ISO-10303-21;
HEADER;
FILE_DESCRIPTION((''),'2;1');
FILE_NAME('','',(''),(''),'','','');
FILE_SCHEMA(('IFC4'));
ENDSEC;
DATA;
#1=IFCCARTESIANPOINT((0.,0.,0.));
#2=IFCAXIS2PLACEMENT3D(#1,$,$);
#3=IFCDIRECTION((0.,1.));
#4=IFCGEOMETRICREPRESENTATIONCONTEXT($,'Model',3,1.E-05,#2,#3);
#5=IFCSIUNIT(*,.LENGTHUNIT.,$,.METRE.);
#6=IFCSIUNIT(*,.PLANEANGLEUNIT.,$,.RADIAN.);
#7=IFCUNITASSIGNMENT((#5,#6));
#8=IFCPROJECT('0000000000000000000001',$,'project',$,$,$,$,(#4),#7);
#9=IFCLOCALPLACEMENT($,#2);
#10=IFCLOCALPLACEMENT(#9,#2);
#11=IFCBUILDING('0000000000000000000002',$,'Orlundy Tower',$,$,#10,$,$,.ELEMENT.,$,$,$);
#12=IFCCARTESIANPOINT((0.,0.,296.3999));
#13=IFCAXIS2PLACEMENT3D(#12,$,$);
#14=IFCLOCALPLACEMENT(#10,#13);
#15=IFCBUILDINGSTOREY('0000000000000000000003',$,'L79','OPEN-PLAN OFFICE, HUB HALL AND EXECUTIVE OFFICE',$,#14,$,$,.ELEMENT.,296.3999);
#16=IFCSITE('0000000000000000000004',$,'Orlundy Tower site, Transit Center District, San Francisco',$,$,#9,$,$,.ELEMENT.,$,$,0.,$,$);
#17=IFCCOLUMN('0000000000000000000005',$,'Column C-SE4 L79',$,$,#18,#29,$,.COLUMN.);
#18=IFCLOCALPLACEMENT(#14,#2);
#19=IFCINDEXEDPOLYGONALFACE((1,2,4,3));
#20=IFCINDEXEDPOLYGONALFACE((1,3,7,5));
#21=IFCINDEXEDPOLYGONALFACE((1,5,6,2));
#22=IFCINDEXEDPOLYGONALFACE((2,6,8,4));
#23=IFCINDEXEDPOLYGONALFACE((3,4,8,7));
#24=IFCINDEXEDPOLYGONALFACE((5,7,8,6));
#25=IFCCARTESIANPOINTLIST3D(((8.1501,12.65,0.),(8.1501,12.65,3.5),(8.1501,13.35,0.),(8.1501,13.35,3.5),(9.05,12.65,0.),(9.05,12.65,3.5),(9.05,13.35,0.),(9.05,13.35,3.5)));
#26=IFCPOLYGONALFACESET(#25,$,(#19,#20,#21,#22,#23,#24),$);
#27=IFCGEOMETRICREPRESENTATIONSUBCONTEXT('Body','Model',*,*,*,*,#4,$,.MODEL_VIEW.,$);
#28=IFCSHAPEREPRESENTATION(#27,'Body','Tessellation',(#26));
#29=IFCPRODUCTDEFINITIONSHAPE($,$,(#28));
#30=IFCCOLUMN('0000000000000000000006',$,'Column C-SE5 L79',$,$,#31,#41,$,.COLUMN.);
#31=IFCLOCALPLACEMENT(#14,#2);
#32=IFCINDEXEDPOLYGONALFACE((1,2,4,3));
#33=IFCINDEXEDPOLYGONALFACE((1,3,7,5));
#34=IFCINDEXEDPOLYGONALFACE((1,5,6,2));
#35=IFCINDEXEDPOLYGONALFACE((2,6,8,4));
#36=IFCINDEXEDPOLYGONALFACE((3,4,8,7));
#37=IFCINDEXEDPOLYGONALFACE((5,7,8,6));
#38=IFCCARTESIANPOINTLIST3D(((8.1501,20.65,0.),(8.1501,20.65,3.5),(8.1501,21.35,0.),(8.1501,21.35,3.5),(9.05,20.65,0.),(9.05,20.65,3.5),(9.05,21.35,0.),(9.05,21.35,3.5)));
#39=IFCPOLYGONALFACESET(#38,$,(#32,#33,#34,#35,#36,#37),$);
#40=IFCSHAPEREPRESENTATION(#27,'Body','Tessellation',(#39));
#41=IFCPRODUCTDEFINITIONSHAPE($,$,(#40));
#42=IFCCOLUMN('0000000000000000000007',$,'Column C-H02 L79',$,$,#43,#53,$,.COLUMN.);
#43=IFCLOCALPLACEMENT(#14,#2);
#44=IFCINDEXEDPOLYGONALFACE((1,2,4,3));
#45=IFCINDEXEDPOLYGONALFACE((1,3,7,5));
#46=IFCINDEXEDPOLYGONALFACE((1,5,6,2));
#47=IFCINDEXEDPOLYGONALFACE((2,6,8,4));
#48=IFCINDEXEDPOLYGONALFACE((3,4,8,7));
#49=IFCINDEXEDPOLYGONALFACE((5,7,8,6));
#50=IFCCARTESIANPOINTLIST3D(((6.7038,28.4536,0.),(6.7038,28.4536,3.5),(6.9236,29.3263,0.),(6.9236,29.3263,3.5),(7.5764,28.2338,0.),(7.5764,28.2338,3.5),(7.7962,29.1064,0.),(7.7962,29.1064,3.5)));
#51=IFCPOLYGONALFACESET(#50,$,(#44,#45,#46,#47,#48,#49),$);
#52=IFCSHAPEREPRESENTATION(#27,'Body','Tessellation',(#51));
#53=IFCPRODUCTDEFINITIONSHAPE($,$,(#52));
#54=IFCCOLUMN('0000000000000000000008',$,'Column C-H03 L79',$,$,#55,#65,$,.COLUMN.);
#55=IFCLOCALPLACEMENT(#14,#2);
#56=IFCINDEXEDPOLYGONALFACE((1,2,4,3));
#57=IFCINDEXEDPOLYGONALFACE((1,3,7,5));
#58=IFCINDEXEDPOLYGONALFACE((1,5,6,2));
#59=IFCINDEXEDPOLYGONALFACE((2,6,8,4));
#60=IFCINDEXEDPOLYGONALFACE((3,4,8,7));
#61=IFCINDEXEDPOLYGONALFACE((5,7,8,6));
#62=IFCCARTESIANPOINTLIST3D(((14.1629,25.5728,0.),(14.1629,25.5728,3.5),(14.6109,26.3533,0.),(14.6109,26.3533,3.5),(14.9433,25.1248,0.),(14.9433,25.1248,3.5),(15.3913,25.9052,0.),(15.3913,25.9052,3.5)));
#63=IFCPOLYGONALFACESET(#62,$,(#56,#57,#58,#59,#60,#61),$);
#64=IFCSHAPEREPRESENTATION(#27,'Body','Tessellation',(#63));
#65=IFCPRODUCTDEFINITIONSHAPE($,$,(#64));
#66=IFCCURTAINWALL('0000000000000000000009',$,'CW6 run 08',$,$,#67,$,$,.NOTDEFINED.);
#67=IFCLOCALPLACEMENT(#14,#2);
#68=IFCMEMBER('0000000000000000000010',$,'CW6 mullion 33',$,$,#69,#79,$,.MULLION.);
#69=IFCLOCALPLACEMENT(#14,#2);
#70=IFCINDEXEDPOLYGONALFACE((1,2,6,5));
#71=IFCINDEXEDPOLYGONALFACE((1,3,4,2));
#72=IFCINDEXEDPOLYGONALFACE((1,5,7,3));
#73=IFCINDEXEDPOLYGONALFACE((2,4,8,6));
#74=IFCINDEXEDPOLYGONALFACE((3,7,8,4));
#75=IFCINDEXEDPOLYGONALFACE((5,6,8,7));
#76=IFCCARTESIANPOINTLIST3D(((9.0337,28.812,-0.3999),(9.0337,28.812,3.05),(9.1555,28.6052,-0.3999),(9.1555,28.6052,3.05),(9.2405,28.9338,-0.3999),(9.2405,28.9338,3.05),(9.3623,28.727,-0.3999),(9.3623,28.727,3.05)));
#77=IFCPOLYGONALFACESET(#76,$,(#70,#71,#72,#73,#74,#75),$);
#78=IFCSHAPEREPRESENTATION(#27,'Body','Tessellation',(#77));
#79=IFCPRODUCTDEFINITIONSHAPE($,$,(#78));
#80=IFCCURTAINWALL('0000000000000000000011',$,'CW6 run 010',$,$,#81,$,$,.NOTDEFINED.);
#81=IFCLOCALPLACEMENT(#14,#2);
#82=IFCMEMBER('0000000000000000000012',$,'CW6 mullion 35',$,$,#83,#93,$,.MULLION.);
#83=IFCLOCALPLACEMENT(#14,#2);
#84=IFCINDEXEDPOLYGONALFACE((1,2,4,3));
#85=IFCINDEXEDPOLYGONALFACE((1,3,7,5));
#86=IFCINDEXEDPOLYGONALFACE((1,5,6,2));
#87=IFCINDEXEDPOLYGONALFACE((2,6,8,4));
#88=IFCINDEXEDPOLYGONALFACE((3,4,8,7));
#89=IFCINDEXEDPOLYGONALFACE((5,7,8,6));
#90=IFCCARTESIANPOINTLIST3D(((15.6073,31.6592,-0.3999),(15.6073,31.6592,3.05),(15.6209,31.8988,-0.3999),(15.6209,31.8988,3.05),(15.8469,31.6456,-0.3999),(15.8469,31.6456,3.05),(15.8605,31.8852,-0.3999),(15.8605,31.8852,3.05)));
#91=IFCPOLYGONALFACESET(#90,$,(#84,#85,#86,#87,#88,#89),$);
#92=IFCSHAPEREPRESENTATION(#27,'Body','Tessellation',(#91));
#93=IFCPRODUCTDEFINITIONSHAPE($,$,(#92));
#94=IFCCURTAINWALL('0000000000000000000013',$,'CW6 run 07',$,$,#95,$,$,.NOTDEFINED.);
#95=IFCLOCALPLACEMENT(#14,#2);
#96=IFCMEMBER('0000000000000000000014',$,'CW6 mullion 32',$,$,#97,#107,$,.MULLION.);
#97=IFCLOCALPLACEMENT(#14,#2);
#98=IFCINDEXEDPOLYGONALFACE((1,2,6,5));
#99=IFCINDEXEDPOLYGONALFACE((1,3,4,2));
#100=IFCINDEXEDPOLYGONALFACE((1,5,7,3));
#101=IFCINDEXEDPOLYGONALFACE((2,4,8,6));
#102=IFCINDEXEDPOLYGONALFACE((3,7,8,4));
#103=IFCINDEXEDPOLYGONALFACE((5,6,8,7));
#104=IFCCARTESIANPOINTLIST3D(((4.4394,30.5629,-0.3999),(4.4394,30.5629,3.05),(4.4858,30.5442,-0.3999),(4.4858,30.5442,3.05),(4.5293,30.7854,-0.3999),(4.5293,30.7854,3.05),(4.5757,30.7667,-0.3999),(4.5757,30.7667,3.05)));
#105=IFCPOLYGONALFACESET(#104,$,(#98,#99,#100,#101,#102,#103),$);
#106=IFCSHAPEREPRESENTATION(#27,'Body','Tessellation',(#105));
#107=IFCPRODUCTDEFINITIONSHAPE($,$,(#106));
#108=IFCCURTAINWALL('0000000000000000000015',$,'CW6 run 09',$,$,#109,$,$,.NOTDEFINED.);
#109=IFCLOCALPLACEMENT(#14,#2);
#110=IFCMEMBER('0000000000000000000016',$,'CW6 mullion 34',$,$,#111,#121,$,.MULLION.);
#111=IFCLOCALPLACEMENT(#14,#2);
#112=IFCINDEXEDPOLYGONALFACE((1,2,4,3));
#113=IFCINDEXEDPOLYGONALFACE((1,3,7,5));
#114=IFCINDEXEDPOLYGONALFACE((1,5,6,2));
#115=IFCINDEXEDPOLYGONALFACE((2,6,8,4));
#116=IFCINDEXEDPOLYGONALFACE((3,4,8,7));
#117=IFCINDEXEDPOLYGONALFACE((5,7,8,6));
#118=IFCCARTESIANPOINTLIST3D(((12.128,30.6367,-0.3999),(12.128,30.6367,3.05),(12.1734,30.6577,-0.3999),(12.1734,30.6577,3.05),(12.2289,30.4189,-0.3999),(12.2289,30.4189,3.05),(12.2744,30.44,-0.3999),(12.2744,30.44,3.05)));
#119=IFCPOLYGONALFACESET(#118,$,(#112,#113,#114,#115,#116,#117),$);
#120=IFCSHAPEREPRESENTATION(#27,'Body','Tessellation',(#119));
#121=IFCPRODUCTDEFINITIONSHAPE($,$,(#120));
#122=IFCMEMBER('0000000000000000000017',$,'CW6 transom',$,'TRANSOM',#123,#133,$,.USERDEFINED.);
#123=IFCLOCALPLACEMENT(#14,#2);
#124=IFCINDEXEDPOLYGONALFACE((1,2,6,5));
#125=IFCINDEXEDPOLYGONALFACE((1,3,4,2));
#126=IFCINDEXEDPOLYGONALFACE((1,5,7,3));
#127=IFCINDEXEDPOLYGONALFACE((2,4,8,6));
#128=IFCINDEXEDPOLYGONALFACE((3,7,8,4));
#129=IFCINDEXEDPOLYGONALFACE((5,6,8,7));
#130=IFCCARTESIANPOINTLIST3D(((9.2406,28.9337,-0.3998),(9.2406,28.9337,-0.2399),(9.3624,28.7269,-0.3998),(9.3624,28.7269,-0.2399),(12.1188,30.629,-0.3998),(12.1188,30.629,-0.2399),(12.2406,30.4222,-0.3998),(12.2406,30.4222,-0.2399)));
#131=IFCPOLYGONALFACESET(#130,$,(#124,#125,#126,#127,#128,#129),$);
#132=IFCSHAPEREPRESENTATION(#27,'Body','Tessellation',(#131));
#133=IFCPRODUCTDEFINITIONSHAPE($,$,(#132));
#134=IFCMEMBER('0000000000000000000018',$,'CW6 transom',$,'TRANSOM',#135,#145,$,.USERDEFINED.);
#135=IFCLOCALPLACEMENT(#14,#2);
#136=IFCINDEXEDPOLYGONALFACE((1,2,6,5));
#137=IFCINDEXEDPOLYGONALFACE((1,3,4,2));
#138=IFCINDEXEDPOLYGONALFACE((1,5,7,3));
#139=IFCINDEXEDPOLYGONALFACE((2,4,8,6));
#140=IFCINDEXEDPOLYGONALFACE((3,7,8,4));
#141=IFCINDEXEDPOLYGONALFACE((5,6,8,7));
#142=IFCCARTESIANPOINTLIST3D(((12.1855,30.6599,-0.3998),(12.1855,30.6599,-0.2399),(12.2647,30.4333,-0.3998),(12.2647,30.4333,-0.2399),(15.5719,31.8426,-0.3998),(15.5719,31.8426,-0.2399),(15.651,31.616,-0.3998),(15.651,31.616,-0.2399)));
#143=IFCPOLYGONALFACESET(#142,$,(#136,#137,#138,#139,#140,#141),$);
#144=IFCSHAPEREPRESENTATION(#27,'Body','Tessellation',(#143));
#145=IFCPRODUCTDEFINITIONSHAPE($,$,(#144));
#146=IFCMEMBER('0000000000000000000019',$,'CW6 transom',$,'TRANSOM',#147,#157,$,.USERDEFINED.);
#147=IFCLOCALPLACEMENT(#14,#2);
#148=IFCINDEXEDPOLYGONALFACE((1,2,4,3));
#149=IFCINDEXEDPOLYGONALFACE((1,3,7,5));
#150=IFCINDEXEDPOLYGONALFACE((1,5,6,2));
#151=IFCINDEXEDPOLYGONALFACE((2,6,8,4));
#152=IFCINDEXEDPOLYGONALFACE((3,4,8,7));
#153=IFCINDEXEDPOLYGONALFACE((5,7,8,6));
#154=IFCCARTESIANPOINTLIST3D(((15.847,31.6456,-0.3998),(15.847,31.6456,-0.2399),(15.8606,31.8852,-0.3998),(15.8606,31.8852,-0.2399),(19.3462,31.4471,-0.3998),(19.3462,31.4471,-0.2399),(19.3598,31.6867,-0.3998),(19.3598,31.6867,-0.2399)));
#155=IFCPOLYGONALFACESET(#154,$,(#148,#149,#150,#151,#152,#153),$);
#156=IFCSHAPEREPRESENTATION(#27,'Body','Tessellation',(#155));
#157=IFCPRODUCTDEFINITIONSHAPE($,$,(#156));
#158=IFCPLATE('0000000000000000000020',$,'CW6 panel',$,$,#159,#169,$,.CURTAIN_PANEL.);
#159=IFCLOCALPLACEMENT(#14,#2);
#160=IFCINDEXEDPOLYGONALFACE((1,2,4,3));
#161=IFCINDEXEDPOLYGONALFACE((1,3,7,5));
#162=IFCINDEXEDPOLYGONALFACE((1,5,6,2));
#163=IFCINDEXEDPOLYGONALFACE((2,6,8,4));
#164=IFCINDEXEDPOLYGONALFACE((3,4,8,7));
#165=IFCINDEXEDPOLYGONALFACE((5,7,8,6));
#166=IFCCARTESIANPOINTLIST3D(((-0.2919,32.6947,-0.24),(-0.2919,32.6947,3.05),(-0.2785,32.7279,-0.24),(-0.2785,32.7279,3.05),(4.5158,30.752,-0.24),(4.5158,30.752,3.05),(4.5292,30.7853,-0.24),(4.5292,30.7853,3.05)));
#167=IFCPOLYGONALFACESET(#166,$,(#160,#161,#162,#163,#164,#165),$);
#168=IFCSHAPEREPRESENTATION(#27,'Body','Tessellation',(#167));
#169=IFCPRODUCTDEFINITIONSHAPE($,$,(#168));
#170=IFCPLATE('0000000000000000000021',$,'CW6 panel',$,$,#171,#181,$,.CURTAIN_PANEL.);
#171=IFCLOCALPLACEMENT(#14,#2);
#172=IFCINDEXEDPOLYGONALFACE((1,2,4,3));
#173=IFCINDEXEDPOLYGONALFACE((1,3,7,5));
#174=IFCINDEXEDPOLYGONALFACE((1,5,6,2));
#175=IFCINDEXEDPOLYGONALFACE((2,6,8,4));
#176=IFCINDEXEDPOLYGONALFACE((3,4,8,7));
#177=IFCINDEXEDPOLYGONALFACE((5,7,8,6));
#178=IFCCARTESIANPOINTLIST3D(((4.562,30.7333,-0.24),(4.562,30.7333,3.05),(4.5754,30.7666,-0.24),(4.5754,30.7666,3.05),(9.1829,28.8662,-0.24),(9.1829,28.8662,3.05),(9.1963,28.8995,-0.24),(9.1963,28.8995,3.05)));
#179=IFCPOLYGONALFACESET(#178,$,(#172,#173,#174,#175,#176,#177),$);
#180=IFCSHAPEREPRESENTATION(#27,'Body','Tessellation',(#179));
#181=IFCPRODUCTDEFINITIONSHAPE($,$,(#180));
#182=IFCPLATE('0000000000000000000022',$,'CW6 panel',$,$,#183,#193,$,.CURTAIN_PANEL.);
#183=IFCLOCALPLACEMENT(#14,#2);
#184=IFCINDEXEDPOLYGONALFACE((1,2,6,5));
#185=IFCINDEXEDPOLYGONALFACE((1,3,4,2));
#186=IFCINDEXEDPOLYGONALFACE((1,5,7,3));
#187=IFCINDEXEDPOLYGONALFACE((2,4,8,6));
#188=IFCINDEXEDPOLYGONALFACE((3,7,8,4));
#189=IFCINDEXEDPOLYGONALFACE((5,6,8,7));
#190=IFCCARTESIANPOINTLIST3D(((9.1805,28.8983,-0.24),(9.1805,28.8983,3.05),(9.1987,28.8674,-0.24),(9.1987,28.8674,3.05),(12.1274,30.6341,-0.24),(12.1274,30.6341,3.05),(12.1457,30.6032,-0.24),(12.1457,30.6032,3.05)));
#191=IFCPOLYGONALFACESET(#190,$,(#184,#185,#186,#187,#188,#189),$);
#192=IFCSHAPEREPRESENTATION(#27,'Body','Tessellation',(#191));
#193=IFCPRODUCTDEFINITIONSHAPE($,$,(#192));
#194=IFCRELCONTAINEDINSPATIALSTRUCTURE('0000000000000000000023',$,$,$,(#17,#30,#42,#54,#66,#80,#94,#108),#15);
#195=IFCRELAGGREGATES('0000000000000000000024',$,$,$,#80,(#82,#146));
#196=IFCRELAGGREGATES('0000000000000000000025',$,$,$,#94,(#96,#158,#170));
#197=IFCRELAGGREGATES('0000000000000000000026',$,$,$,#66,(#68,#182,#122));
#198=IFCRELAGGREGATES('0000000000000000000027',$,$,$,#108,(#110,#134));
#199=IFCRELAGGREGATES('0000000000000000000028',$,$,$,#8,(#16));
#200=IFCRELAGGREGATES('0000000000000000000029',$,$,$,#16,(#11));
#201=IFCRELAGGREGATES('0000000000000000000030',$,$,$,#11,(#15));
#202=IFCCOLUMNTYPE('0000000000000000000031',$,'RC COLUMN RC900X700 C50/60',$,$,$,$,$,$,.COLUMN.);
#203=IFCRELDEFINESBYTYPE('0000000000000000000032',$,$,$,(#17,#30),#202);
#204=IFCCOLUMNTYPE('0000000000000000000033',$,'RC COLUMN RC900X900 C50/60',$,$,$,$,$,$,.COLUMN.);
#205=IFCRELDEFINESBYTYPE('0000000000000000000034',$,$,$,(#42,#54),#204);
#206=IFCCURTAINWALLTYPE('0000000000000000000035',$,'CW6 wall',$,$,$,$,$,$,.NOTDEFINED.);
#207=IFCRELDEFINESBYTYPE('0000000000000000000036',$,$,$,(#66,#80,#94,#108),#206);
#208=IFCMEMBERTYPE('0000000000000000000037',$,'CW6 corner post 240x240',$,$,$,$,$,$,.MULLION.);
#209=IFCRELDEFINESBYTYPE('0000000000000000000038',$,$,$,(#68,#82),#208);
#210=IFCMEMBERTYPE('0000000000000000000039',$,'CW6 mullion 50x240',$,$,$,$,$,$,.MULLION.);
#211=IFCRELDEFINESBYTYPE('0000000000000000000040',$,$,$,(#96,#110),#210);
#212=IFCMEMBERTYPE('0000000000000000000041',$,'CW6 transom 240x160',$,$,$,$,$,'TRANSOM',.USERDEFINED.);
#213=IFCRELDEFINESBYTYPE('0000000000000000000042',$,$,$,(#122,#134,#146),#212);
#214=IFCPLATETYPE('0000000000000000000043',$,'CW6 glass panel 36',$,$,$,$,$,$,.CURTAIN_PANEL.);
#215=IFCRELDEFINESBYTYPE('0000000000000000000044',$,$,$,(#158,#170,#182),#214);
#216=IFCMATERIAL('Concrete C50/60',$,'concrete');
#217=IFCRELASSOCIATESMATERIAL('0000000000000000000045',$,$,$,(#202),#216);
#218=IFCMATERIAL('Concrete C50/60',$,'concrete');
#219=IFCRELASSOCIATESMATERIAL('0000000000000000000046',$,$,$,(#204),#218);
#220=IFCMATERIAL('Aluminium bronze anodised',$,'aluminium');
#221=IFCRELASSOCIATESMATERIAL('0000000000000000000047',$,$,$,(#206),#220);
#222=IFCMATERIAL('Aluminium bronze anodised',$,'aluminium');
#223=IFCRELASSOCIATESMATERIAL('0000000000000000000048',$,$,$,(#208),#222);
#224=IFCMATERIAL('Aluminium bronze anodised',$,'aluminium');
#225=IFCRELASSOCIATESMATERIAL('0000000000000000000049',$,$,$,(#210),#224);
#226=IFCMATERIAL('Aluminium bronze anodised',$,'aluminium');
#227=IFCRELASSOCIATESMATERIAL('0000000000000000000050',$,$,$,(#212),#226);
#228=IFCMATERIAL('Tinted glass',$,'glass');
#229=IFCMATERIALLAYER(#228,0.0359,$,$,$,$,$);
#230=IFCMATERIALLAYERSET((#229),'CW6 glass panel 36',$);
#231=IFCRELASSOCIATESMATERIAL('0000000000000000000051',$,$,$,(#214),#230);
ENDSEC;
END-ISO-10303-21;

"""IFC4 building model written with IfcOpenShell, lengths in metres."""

from ifc_helpers import new_model, si_unit, direction, frame, origin, origin_2d, place, context, subcontext, project, spatial, rectangle, extrude, material, layer, layer_set, material_profile, profile_set, type_object, element, aggregate, save


model = new_model("IFC4")

# Units and contexts
model_context = context("Model", 3, precision=1e-05, world=origin(), true_north=direction((0.0, 1.0)))
body_context = subcontext(model_context, "Body", "Model", "MODEL_VIEW")
ifc_project = project(units=[si_unit("LENGTHUNIT", "METRE"), si_unit("PLANEANGLEUNIT", "RADIAN")], contexts=[model_context])

# Site, building, storey
site_placement = place(None, origin())
site = spatial("IfcSite", under=ifc_project, at=site_placement, Name="Orlundy Tower site, Transit Center District, San Francisco", CompositionType="ELEMENT", RefElevation=0.0)
building_placement = place(site_placement, origin())
building = spatial("IfcBuilding", under=site, at=building_placement, Name="Orlundy Tower", CompositionType="ELEMENT")
storey_placement = place(building_placement, frame((0.0, 0.0, 296.3999)))
storey = spatial("IfcBuildingStorey", under=building, at=storey_placement, Name="L79", Description="OPEN-PLAN OFFICE, HUB HALL AND EXECUTIVE OFFICE", CompositionType="ELEMENT", Elevation=296.3999)

# Columns
ifc_material_1 = material(Name="Concrete C50/60", Category="concrete")
ifc_material_profile_1 = material_profile(ifc_material_1, rectangle(XDim=0.8999, YDim=0.7, at=origin_2d()), Name="RC900X700")
ifc_profile_set_1 = profile_set([ifc_material_profile_1], Name="Concrete C50/60")
column_type_1 = type_object("IfcColumnType", Name="RC COLUMN RC900X700 C50/60", PredefinedType="COLUMN", material=ifc_profile_set_1)
for number, where, z_axis, x_axis, name in (
    (1, (8.6001, 13.0, 0.0), (0.0, 0.0, 1.0), (1.0, 0.0, 0.0), "Column C-SE4 L79"),
    (2, (8.6001, 21.0, 0.0), (0.0, 0.0, 1.0), (1.0, 0.0, 0.0), "Column C-SE5 L79"),
):
    element("IfcColumn", number, at=place(storey_placement, frame(where, z_axis=z_axis, x_axis=x_axis)), inside=storey, type_object=column_type_1, Name=name, PredefinedType="COLUMN", context=body_context, shape_type="SweptSolid", body=[
        extrude(rectangle(XDim=0.8999, YDim=0.7, at=origin_2d()), origin(), (0.0, 0.0, 1.0), 3.5),
    ])
ifc_material_2 = material(Name="Concrete C50/60", Category="concrete")
ifc_material_profile_2 = material_profile(ifc_material_2, rectangle(XDim=0.8999, YDim=0.8999, at=origin_2d()), Name="RC900X900")
ifc_profile_set_2 = profile_set([ifc_material_profile_2], Name="Concrete C50/60")
column_type_2 = type_object("IfcColumnType", Name="RC COLUMN RC900X900 C50/60", PredefinedType="COLUMN", material=ifc_profile_set_2)
for number, where, z_axis, x_axis, name in (
    (3, (7.25, 28.78, 0.0), (0.0, 0.0, 1.0), (0.244275, 0.969706, 0.0), "Column C-H02 L79"),
    (4, (14.7771, 25.739, 0.0), (0.0, 0.0, 1.0), (0.497898, 0.867236, 0.0), "Column C-H03 L79"),
):
    element("IfcColumn", number, at=place(storey_placement, frame(where, z_axis=z_axis, x_axis=x_axis)), inside=storey, type_object=column_type_2, Name=name, PredefinedType="COLUMN", context=body_context, shape_type="SweptSolid", body=[
        extrude(rectangle(XDim=0.8999, YDim=0.8999, at=origin_2d()), origin(), (0.0, 0.0, 1.0), 3.5),
    ])

# Curtain walls, members
ifc_material_3 = material(Name="Aluminium bronze anodised", Category="aluminium")
curtain_wall_type = type_object("IfcCurtainWallType", Name="CW6 wall", PredefinedType="NOTDEFINED", material=ifc_material_3)
curtain_wall_1_placement = place(storey_placement, origin())
curtain_wall_1 = element("IfcCurtainWall", 5, at=curtain_wall_1_placement, inside=storey, type_object=curtain_wall_type, Name="CW6 run 08", PredefinedType="NOTDEFINED")
ifc_material_4 = material(Name="Aluminium bronze anodised", Category="aluminium")
ifc_material_profile_3 = material_profile(ifc_material_4, rectangle(XDim=0.24, YDim=0.24, at=origin_2d()), Name="CW6 corner post 240x240")
ifc_profile_set_3 = profile_set([ifc_material_profile_3], Name="Aluminium bronze anodised")
member_type_1 = type_object("IfcMemberType", Name="CW6 corner post 240x240", PredefinedType="MULLION", material=ifc_profile_set_3)
member_1_placement = place(storey_placement, frame((9.198, 28.7695, -0.3999), z_axis=(0.0, 0.0, 1.0), x_axis=(-0.507527, 0.861636, 0.0)))
member_1 = element("IfcMember", 6, at=member_1_placement, type_object=member_type_1, Name="CW6 mullion 33", PredefinedType="MULLION", context=body_context, shape_type="SweptSolid", body=[
    extrude(rectangle(XDim=0.24, YDim=0.24, at=origin_2d()), origin(), (0.0, 0.0, 1.0), 3.45),
])
curtain_wall_2_placement = place(storey_placement, origin())
curtain_wall_2 = element("IfcCurtainWall", 7, at=curtain_wall_2_placement, inside=storey, type_object=curtain_wall_type, Name="CW6 run 010", PredefinedType="NOTDEFINED")
member_2_placement = place(storey_placement, frame((15.7339, 31.7722, -0.3999), z_axis=(0.0, 0.0, 1.0), x_axis=(0.05665, 0.998394, 0.0)))
member_2 = element("IfcMember", 8, at=member_2_placement, type_object=member_type_1, Name="CW6 mullion 35", PredefinedType="MULLION", context=body_context, shape_type="SweptSolid", body=[
    extrude(rectangle(XDim=0.24, YDim=0.24, at=origin_2d()), origin(), (0.0, 0.0, 1.0), 3.45),
])
curtain_wall_3_placement = place(storey_placement, origin())
curtain_wall_3 = element("IfcCurtainWall", 9, at=curtain_wall_3_placement, inside=storey, type_object=curtain_wall_type, Name="CW6 run 07", PredefinedType="NOTDEFINED")
ifc_material_5 = material(Name="Aluminium bronze anodised", Category="aluminium")
ifc_material_profile_4 = material_profile(ifc_material_5, rectangle(XDim=0.24, YDim=0.05, at=origin_2d()), Name="CW6 mullion 50x240")
ifc_profile_set_4 = profile_set([ifc_material_profile_4], Name="Aluminium bronze anodised")
member_type_2 = type_object("IfcMemberType", Name="CW6 mullion 50x240", PredefinedType="MULLION", material=ifc_profile_set_4)
member_3_placement = place(storey_placement, frame((4.5076, 30.6648, -0.3999), z_axis=(0.0, 0.0, 1.0), x_axis=(0.374639, 0.927171, 0.0)))
member_3 = element("IfcMember", 10, at=member_3_placement, type_object=member_type_2, Name="CW6 mullion 32", PredefinedType="MULLION", context=body_context, shape_type="SweptSolid", body=[
    extrude(rectangle(XDim=0.24, YDim=0.05, at=origin_2d()), origin(), (0.0, 0.0, 1.0), 3.45),
])
curtain_wall_4_placement = place(storey_placement, origin())
curtain_wall_4 = element("IfcCurtainWall", 11, at=curtain_wall_4_placement, inside=storey, type_object=curtain_wall_type, Name="CW6 run 09", PredefinedType="NOTDEFINED")
member_4_placement = place(storey_placement, frame((12.2012, 30.5383, -0.3999), z_axis=(0.0, 0.0, 1.0), x_axis=(-0.420645, 0.907225, 0.0)))
member_4 = element("IfcMember", 12, at=member_4_placement, type_object=member_type_2, Name="CW6 mullion 34", PredefinedType="MULLION", context=body_context, shape_type="SweptSolid", body=[
    extrude(rectangle(XDim=0.24, YDim=0.05, at=origin_2d()), origin(), (0.0, 0.0, 1.0), 3.45),
])

# Members
ifc_material_6 = material(Name="Aluminium bronze anodised", Category="aluminium")
ifc_material_profile_5 = material_profile(ifc_material_6, rectangle(XDim=0.24, YDim=0.1599, at=origin_2d()), Name="CW6 transom 240x160")
ifc_profile_set_5 = profile_set([ifc_material_profile_5], Name="Aluminium bronze anodised")
member_type_3 = type_object("IfcMemberType", Name="CW6 transom 240x160", ElementType="TRANSOM", PredefinedType="USERDEFINED", material=ifc_profile_set_5)
member_5_placement = place(storey_placement, frame((9.3015, 28.8303, -0.3198), z_axis=(0.861637, 0.507525, 0.0), x_axis=(-0.507525, 0.861637, 0.0)))
member_5 = element("IfcMember", 13, at=member_5_placement, type_object=member_type_3, Name="CW6 transom", ObjectType="TRANSOM", PredefinedType="USERDEFINED", context=body_context, shape_type="SweptSolid", body=[
    extrude(rectangle(XDim=0.24, YDim=0.1599, at=origin_2d()), origin(), (0.0, 0.0, 1.0), 3.3403),
])
member_6_placement = place(storey_placement, frame((12.2251, 30.5466, -0.3198), z_axis=(0.944081, 0.329714, 0.0), x_axis=(-0.329714, 0.944081, 0.0)))
member_6 = element("IfcMember", 14, at=member_6_placement, type_object=member_type_3, Name="CW6 transom", ObjectType="TRANSOM", PredefinedType="USERDEFINED", context=body_context, shape_type="SweptSolid", body=[
    extrude(rectangle(XDim=0.24, YDim=0.1599, at=origin_2d()), origin(), (0.0, 0.0, 1.0), 3.5869),
])
member_7_placement = place(storey_placement, frame((15.8538, 31.7654, -0.3198), z_axis=(0.998395, -0.056631, 0.0), x_axis=(0.056631, 0.998395, 0.0)))
member_7 = element("IfcMember", 15, at=member_7_placement, type_object=member_type_3, Name="CW6 transom", ObjectType="TRANSOM", PredefinedType="USERDEFINED", context=body_context, shape_type="SweptSolid", body=[
    extrude(rectangle(XDim=0.24, YDim=0.1599, at=origin_2d()), origin(), (0.0, 0.0, 1.0), 3.5049),
])
aggregate(curtain_wall_2, [member_2, member_7])

# Plates
ifc_material_7 = material(Name="Tinted glass", Category="glass")
ifc_layer_1 = layer(ifc_material_7, 0.0359)
ifc_layer_set_1 = layer_set([ifc_layer_1], Name="CW6 glass panel 36")
plate_type = type_object("IfcPlateType", Name="CW6 glass panel 36", PredefinedType="CURTAIN_PANEL", material=ifc_layer_set_1)
plate_1_placement = place(storey_placement, frame((2.1187, 31.74, -0.24), z_axis=(0.0, 0.0, 1.0), x_axis=(0.927171, -0.374639, 0.0)))
plate_1 = element("IfcPlate", 16, at=plate_1_placement, type_object=plate_type, Name="CW6 panel", PredefinedType="CURTAIN_PANEL", context=body_context, shape_type="SweptSolid", body=[
    extrude(rectangle(XDim=5.1853, YDim=0.0359, at=origin_2d()), origin(), (0.0, 0.0, 1.0), 3.29),
])
plate_2_placement = place(storey_placement, frame((6.8792, 29.8164, -0.24), z_axis=(0.0, 0.0, 1.0), x_axis=(0.927171, -0.374639, 0.0)))
plate_2 = element("IfcPlate", 17, at=plate_2_placement, type_object=plate_type, Name="CW6 panel", PredefinedType="CURTAIN_PANEL", context=body_context, shape_type="SweptSolid", body=[
    extrude(rectangle(XDim=4.9839, YDim=0.0359, at=origin_2d()), origin(), (0.0, 0.0, 1.0), 3.29),
])
aggregate(curtain_wall_3, [member_3, plate_1, plate_2])
plate_3_placement = place(storey_placement, frame((10.6631, 29.7507, -0.24), z_axis=(0.0, 0.0, 1.0), x_axis=(0.861636, 0.507527, 0.0)))
plate_3 = element("IfcPlate", 18, at=plate_3_placement, type_object=plate_type, Name="CW6 panel", PredefinedType="CURTAIN_PANEL", context=body_context, shape_type="SweptSolid", body=[
    extrude(rectangle(XDim=3.4202, YDim=0.0359, at=origin_2d()), origin(), (0.0, 0.0, 1.0), 3.29),
])
aggregate(curtain_wall_1, [member_1, plate_3, member_5])
aggregate(curtain_wall_4, [member_4, member_6])

save(model, "model.ifc")
